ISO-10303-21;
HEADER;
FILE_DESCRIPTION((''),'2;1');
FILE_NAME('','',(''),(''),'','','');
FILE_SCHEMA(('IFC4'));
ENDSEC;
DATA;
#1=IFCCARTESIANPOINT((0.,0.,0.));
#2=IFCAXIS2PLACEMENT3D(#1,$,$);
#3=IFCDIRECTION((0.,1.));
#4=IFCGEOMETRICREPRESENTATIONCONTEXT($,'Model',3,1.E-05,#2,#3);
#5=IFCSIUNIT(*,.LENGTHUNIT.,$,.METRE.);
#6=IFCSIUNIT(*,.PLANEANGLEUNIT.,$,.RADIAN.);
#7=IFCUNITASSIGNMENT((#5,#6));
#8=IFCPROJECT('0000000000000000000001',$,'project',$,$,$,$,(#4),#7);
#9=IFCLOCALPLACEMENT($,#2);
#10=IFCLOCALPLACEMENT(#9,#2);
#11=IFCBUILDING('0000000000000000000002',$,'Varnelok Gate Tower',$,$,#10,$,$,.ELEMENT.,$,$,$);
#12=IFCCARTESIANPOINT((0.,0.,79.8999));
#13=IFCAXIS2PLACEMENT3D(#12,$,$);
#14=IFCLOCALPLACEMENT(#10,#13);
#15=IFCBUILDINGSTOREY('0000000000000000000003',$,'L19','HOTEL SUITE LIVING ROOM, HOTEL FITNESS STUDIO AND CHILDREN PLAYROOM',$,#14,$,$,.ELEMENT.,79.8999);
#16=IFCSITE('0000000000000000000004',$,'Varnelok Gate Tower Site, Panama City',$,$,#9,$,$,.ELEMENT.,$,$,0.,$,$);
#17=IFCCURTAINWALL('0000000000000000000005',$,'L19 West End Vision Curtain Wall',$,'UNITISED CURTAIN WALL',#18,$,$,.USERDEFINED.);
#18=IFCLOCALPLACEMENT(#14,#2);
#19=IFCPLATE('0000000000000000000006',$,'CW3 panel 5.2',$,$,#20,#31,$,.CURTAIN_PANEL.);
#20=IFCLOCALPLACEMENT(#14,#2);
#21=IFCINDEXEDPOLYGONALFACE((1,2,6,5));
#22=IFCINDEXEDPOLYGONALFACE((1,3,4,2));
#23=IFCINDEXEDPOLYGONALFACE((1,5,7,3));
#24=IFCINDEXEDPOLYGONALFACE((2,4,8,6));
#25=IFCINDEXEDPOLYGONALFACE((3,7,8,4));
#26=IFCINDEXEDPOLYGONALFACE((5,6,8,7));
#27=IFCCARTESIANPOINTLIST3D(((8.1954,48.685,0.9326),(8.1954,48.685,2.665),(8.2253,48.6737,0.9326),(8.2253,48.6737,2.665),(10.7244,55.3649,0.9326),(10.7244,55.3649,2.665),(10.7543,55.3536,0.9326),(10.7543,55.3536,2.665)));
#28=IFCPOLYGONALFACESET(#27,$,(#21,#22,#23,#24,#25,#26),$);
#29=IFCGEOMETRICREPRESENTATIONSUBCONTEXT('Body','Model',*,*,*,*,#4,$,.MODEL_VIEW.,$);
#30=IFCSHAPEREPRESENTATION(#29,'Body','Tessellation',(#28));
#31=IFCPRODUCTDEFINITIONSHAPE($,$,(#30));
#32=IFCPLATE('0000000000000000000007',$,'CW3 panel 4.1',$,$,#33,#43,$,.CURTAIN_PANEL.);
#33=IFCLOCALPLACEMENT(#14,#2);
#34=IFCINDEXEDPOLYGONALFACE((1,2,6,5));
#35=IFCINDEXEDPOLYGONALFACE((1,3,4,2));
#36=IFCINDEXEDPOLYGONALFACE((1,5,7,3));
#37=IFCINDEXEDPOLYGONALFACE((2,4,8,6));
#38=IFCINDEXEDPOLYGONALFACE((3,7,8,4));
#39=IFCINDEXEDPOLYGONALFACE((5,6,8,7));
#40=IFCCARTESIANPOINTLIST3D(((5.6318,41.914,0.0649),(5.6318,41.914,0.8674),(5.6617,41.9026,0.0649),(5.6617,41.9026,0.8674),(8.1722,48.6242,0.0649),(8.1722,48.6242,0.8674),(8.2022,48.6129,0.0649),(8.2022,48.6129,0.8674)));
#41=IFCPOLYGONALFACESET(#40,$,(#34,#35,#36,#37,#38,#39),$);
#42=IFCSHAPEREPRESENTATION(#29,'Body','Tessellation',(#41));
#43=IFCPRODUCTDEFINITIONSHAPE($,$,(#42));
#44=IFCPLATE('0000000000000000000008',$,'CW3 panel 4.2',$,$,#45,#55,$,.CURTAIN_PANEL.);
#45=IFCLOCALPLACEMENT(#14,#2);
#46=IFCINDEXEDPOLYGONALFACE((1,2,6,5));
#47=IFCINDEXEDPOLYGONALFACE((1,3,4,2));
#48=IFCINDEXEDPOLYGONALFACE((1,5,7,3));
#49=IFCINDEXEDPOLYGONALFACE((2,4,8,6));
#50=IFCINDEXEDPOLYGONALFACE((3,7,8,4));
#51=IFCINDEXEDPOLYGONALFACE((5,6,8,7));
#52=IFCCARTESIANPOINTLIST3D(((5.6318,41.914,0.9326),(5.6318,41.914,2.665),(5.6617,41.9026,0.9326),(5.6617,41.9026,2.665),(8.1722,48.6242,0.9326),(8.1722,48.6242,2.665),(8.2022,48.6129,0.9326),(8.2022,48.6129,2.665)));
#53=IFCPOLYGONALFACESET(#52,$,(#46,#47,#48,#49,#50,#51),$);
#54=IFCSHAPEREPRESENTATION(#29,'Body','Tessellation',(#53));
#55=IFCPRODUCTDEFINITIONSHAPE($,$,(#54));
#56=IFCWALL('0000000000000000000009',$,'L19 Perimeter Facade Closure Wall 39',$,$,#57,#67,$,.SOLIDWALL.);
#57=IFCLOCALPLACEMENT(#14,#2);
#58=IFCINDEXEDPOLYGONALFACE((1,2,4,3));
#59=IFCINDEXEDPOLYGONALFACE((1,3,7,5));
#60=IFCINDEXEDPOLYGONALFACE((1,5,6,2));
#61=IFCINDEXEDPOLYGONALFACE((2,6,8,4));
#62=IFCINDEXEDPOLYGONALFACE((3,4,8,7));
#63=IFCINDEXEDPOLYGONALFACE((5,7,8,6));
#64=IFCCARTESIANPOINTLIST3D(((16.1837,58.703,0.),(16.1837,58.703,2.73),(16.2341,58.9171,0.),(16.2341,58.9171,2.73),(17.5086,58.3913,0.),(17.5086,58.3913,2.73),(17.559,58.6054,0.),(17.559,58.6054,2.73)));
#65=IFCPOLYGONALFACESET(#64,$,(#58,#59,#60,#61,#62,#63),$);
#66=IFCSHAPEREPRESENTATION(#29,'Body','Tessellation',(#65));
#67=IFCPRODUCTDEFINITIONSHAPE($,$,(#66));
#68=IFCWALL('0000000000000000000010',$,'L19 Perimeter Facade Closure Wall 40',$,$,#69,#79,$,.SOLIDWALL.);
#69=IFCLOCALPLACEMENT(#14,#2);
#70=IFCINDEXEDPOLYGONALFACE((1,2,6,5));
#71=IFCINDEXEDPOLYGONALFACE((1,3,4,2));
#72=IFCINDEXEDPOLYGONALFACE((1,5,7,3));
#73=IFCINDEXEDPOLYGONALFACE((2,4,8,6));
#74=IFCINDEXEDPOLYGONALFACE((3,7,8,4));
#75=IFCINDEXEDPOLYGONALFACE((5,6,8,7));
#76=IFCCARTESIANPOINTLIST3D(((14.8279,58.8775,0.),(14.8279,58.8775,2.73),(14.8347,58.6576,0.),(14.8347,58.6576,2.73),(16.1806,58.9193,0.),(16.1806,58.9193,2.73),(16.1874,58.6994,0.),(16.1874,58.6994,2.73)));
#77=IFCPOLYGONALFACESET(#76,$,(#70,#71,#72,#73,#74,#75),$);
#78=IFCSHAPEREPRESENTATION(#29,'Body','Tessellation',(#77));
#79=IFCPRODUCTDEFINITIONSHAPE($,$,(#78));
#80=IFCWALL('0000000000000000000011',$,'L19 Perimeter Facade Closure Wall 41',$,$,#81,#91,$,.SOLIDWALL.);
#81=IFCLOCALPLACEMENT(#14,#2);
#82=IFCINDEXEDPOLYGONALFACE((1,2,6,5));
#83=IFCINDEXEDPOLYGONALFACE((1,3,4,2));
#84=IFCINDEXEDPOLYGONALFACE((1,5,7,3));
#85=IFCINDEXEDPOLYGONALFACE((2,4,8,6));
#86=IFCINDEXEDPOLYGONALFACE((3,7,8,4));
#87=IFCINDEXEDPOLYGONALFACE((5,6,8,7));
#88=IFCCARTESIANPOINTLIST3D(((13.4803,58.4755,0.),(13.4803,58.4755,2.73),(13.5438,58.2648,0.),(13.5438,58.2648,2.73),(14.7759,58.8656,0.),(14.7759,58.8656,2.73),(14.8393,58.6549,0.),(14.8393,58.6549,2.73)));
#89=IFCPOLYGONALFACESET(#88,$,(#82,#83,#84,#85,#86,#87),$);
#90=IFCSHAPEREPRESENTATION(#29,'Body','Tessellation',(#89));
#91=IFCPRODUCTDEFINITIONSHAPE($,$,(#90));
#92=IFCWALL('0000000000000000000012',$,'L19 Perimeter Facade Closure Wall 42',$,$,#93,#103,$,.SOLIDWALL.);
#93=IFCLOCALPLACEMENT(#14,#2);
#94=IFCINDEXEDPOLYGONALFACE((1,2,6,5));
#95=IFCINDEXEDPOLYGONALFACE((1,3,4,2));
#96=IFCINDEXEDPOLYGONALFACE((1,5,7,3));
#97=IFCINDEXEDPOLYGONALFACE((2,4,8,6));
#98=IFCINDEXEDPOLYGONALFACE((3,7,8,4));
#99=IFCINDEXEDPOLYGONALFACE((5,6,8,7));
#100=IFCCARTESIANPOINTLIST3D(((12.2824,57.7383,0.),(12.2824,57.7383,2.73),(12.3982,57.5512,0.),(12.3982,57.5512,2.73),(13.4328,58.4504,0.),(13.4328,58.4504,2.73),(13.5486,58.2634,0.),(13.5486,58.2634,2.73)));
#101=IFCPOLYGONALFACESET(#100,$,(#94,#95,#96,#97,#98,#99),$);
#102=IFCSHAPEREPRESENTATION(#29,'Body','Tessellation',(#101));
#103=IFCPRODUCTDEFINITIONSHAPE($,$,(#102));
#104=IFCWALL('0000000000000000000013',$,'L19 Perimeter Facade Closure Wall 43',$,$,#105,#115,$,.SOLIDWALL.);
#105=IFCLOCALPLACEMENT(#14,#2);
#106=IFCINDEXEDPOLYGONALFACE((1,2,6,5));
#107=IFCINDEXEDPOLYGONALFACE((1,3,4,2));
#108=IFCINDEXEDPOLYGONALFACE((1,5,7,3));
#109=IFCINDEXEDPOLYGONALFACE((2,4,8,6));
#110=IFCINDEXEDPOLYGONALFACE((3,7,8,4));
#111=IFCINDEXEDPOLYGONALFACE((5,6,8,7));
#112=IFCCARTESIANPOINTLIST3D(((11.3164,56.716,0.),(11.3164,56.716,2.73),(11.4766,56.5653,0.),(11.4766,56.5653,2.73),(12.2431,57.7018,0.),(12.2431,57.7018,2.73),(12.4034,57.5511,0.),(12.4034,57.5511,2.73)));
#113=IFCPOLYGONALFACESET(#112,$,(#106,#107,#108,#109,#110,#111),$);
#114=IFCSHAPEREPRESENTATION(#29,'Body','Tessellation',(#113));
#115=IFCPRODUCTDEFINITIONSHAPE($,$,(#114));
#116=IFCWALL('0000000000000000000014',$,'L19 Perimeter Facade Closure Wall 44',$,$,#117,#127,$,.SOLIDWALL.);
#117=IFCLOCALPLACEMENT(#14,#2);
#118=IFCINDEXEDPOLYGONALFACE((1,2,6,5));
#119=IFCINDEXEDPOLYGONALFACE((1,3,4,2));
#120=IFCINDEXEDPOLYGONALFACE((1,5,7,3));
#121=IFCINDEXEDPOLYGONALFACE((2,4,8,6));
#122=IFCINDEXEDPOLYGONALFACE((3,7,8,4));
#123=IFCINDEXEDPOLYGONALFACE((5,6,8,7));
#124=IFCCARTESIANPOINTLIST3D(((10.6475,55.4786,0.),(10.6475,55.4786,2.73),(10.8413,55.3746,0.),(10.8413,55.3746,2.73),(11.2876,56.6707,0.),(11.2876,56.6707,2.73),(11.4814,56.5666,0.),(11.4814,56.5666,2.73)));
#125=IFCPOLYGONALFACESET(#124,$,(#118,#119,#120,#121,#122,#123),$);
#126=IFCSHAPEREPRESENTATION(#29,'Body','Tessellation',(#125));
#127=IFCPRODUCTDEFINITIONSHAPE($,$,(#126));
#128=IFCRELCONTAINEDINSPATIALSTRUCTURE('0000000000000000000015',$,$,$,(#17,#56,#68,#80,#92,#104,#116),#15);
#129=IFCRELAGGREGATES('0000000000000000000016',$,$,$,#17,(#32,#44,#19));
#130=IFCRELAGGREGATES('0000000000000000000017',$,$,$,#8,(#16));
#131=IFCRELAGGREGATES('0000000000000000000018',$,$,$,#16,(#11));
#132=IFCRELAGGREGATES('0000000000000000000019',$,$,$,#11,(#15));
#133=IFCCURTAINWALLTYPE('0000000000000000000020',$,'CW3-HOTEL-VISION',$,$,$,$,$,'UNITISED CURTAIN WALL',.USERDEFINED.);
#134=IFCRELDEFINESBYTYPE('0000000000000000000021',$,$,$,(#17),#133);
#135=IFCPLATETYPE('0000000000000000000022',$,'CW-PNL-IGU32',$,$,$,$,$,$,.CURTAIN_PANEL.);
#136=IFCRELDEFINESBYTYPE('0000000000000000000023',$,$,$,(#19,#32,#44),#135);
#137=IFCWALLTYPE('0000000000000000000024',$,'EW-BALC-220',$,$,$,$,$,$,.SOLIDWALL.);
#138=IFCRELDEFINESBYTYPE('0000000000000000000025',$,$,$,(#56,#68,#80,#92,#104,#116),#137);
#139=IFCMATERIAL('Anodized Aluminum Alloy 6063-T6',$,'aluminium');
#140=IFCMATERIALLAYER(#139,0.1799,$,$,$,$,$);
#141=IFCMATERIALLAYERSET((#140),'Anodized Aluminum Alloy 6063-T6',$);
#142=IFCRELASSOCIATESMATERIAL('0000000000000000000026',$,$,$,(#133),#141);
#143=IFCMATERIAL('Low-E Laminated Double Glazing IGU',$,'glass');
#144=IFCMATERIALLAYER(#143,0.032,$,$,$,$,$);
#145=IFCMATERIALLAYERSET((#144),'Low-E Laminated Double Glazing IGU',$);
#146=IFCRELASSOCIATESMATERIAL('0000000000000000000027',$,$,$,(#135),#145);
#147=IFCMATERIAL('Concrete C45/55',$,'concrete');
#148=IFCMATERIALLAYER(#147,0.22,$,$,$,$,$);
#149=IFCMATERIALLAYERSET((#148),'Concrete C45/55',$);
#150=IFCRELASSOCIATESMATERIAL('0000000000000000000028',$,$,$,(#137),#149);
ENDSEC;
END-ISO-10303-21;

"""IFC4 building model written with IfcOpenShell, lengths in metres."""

from ifc_helpers import new_model, si_unit, direction, frame, frame_2d, origin, origin_2d, place, context, subcontext, project, spatial, rectangle, extrude, source, transform, mapped, material, layer, layer_set, type_object, element, aggregate, save


model = new_model("IFC4")

# Units and contexts
model_context = context("Model", 3, precision=1e-05, world=origin(), true_north=direction((0.0, 1.0)))
body_context = subcontext(model_context, "Body", "Model", "MODEL_VIEW")
ifc_project = project(units=[si_unit("LENGTHUNIT", "METRE"), si_unit("PLANEANGLEUNIT", "RADIAN")], contexts=[model_context])

# Site, building, storey
site_placement = place(None, origin())
site = spatial("IfcSite", under=ifc_project, at=site_placement, Name="Varnelok Gate Tower Site, Panama City", CompositionType="ELEMENT", RefElevation=0.0)
building_placement = place(site_placement, origin())
building = spatial("IfcBuilding", under=site, at=building_placement, Name="Varnelok Gate Tower", CompositionType="ELEMENT")
storey_placement = place(building_placement, frame((0.0, 0.0, 79.8999)))
storey = spatial("IfcBuildingStorey", under=building, at=storey_placement, Name="L19", Description="HOTEL SUITE LIVING ROOM, HOTEL FITNESS STUDIO AND CHILDREN PLAYROOM", CompositionType="ELEMENT", Elevation=79.8999)

# Curtain wall, plates
ifc_material_1 = material(Name="Anodized Aluminum Alloy 6063-T6", Category="aluminium")
ifc_layer_1 = layer(ifc_material_1, 0.1799)
ifc_layer_set_1 = layer_set([ifc_layer_1], Name="Anodized Aluminum Alloy 6063-T6")
curtain_wall_type = type_object("IfcCurtainWallType", Name="CW3-HOTEL-VISION", ElementType="UNITISED CURTAIN WALL", PredefinedType="USERDEFINED", material=ifc_layer_set_1)
curtain_wall_placement = place(storey_placement, origin())
curtain_wall = element("IfcCurtainWall", 1, at=curtain_wall_placement, inside=storey, type_object=curtain_wall_type, Name="L19 West End Vision Curtain Wall", ObjectType="UNITISED CURTAIN WALL", PredefinedType="USERDEFINED")
ifc_material_2 = material(Name="Low-E Laminated Double Glazing IGU", Category="glass")
ifc_layer_2 = layer(ifc_material_2, 0.032)
ifc_layer_set_2 = layer_set([ifc_layer_2], Name="Low-E Laminated Double Glazing IGU")
plate_type = type_object("IfcPlateType", Name="CW-PNL-IGU32", PredefinedType="CURTAIN_PANEL", material=ifc_layer_set_2)
shared_shape_1 = source(origin(), body_context, "Body", "SweptSolid", [
    extrude(rectangle(XDim=7.1426, YDim=0.032, at=origin_2d()), origin(), (0.0, 0.0, 1.0), 1.7324),
])
plate_1_placement = place(storey_placement, frame((9.4749, 52.0193, 0.9326), z_axis=(0.0, 0.0, 1.0), x_axis=(0.354064, 0.935221, 0.0)))
plate_1 = element("IfcPlate", 2, at=plate_1_placement, type_object=plate_type, Name="CW3 panel 5.2", PredefinedType="CURTAIN_PANEL", context=body_context, shape_type="MappedRepresentation", body=[
    mapped(shared_shape_1, transform((0.0, 0.0, 0.0), scale=1.0)),
])
shared_shape_2 = source(origin(), body_context, "Body", "SweptSolid", [
    extrude(rectangle(XDim=7.175, YDim=0.032, at=origin_2d()), origin(), (0.0, 0.0, 1.0), 0.8025),
])
plate_2_placement = place(storey_placement, frame((6.917, 45.2634, 0.0649), z_axis=(0.0, 0.0, 1.0), x_axis=(0.354064, 0.935221, 0.0)))
plate_2 = element("IfcPlate", 3, at=plate_2_placement, type_object=plate_type, Name="CW3 panel 4.1", PredefinedType="CURTAIN_PANEL", context=body_context, shape_type="MappedRepresentation", body=[
    mapped(shared_shape_2, transform((0.0, 0.0, 0.0), scale=1.0)),
])
shared_shape_3 = source(origin(), body_context, "Body", "SweptSolid", [
    extrude(rectangle(XDim=7.175, YDim=0.032, at=origin_2d()), origin(), (0.0, 0.0, 1.0), 1.7324),
])
plate_3_placement = place(storey_placement, frame((6.917, 45.2634, 0.9326), z_axis=(0.0, 0.0, 1.0), x_axis=(0.354064, 0.935221, 0.0)))
plate_3 = element("IfcPlate", 4, at=plate_3_placement, type_object=plate_type, Name="CW3 panel 4.2", PredefinedType="CURTAIN_PANEL", context=body_context, shape_type="MappedRepresentation", body=[
    mapped(shared_shape_3, transform((0.0, 0.0, 0.0), scale=1.0)),
])
aggregate(curtain_wall, [plate_2, plate_3, plate_1])

# Walls
ifc_material_3 = material(Name="Concrete C45/55", Category="concrete")
ifc_layer_3 = layer(ifc_material_3, 0.22)
ifc_layer_set_3 = layer_set([ifc_layer_3], Name="Concrete C45/55")
wall_type = type_object("IfcWallType", Name="EW-BALC-220", PredefinedType="SOLIDWALL", material=ifc_layer_set_3)
wall_1_placement = place(storey_placement, frame((17.5339, 58.4983, 0.0), z_axis=(0.0, 0.0, 1.0), x_axis=(-0.973415, 0.229049, 0.0)))
element("IfcWall", 5, at=wall_1_placement, inside=storey, type_object=wall_type, Name="L19 Perimeter Facade Closure Wall 39", PredefinedType="SOLIDWALL", context=body_context, shape_type="SweptSolid", body=[
    extrude(rectangle(XDim=1.3611, YDim=0.22, at=frame_2d((0.6807, 0.0))), origin(), (0.0, 0.0, 1.0), 2.73),
])
wall_2_placement = place(storey_placement, frame((16.1841, 58.8093, 0.0), z_axis=(0.0, 0.0, 1.0), x_axis=(-0.999524, -0.030852, 0.0)))
element("IfcWall", 6, at=wall_2_placement, inside=storey, type_object=wall_type, Name="L19 Perimeter Facade Closure Wall 40", PredefinedType="SOLIDWALL", context=body_context, shape_type="SweptSolid", body=[
    extrude(rectangle(XDim=1.3533, YDim=0.22, at=frame_2d((0.6768, 0.0))), origin(), (0.0, 0.0, 1.0), 2.73),
])
for number, where, z_axis, x_axis, name in (
    (7, (14.8076, 58.7603, 0.0), (0.0, 0.0, 1.0), (-0.957533, -0.288324, 0.0), "L19 Perimeter Facade Closure Wall 41"),
    (8, (13.4907, 58.3569, 0.0), (0.0, 0.0, 1.0), (-0.850261, -0.526361, 0.0), "L19 Perimeter Facade Closure Wall 42"),
    (9, (12.3232, 57.6265, 0.0), (0.0, 0.0, 1.0), (-0.684937, -0.728602, 0.0), "L19 Perimeter Facade Closure Wall 43"),
    (10, (11.3845, 56.6187, 0.0), (0.0, 0.0, 1.0), (-0.473077, -0.881021, 0.0), "L19 Perimeter Facade Closure Wall 44"),
):
    element("IfcWall", number, at=place(storey_placement, frame(where, z_axis=z_axis, x_axis=x_axis)), inside=storey, type_object=wall_type, Name=name, PredefinedType="SOLIDWALL", context=body_context, shape_type="SweptSolid", body=[
        extrude(rectangle(XDim=1.353, YDim=0.22, at=frame_2d((0.6765, 0.0))), origin(), (0.0, 0.0, 1.0), 2.73),
    ])

save(model, "model.ifc")
